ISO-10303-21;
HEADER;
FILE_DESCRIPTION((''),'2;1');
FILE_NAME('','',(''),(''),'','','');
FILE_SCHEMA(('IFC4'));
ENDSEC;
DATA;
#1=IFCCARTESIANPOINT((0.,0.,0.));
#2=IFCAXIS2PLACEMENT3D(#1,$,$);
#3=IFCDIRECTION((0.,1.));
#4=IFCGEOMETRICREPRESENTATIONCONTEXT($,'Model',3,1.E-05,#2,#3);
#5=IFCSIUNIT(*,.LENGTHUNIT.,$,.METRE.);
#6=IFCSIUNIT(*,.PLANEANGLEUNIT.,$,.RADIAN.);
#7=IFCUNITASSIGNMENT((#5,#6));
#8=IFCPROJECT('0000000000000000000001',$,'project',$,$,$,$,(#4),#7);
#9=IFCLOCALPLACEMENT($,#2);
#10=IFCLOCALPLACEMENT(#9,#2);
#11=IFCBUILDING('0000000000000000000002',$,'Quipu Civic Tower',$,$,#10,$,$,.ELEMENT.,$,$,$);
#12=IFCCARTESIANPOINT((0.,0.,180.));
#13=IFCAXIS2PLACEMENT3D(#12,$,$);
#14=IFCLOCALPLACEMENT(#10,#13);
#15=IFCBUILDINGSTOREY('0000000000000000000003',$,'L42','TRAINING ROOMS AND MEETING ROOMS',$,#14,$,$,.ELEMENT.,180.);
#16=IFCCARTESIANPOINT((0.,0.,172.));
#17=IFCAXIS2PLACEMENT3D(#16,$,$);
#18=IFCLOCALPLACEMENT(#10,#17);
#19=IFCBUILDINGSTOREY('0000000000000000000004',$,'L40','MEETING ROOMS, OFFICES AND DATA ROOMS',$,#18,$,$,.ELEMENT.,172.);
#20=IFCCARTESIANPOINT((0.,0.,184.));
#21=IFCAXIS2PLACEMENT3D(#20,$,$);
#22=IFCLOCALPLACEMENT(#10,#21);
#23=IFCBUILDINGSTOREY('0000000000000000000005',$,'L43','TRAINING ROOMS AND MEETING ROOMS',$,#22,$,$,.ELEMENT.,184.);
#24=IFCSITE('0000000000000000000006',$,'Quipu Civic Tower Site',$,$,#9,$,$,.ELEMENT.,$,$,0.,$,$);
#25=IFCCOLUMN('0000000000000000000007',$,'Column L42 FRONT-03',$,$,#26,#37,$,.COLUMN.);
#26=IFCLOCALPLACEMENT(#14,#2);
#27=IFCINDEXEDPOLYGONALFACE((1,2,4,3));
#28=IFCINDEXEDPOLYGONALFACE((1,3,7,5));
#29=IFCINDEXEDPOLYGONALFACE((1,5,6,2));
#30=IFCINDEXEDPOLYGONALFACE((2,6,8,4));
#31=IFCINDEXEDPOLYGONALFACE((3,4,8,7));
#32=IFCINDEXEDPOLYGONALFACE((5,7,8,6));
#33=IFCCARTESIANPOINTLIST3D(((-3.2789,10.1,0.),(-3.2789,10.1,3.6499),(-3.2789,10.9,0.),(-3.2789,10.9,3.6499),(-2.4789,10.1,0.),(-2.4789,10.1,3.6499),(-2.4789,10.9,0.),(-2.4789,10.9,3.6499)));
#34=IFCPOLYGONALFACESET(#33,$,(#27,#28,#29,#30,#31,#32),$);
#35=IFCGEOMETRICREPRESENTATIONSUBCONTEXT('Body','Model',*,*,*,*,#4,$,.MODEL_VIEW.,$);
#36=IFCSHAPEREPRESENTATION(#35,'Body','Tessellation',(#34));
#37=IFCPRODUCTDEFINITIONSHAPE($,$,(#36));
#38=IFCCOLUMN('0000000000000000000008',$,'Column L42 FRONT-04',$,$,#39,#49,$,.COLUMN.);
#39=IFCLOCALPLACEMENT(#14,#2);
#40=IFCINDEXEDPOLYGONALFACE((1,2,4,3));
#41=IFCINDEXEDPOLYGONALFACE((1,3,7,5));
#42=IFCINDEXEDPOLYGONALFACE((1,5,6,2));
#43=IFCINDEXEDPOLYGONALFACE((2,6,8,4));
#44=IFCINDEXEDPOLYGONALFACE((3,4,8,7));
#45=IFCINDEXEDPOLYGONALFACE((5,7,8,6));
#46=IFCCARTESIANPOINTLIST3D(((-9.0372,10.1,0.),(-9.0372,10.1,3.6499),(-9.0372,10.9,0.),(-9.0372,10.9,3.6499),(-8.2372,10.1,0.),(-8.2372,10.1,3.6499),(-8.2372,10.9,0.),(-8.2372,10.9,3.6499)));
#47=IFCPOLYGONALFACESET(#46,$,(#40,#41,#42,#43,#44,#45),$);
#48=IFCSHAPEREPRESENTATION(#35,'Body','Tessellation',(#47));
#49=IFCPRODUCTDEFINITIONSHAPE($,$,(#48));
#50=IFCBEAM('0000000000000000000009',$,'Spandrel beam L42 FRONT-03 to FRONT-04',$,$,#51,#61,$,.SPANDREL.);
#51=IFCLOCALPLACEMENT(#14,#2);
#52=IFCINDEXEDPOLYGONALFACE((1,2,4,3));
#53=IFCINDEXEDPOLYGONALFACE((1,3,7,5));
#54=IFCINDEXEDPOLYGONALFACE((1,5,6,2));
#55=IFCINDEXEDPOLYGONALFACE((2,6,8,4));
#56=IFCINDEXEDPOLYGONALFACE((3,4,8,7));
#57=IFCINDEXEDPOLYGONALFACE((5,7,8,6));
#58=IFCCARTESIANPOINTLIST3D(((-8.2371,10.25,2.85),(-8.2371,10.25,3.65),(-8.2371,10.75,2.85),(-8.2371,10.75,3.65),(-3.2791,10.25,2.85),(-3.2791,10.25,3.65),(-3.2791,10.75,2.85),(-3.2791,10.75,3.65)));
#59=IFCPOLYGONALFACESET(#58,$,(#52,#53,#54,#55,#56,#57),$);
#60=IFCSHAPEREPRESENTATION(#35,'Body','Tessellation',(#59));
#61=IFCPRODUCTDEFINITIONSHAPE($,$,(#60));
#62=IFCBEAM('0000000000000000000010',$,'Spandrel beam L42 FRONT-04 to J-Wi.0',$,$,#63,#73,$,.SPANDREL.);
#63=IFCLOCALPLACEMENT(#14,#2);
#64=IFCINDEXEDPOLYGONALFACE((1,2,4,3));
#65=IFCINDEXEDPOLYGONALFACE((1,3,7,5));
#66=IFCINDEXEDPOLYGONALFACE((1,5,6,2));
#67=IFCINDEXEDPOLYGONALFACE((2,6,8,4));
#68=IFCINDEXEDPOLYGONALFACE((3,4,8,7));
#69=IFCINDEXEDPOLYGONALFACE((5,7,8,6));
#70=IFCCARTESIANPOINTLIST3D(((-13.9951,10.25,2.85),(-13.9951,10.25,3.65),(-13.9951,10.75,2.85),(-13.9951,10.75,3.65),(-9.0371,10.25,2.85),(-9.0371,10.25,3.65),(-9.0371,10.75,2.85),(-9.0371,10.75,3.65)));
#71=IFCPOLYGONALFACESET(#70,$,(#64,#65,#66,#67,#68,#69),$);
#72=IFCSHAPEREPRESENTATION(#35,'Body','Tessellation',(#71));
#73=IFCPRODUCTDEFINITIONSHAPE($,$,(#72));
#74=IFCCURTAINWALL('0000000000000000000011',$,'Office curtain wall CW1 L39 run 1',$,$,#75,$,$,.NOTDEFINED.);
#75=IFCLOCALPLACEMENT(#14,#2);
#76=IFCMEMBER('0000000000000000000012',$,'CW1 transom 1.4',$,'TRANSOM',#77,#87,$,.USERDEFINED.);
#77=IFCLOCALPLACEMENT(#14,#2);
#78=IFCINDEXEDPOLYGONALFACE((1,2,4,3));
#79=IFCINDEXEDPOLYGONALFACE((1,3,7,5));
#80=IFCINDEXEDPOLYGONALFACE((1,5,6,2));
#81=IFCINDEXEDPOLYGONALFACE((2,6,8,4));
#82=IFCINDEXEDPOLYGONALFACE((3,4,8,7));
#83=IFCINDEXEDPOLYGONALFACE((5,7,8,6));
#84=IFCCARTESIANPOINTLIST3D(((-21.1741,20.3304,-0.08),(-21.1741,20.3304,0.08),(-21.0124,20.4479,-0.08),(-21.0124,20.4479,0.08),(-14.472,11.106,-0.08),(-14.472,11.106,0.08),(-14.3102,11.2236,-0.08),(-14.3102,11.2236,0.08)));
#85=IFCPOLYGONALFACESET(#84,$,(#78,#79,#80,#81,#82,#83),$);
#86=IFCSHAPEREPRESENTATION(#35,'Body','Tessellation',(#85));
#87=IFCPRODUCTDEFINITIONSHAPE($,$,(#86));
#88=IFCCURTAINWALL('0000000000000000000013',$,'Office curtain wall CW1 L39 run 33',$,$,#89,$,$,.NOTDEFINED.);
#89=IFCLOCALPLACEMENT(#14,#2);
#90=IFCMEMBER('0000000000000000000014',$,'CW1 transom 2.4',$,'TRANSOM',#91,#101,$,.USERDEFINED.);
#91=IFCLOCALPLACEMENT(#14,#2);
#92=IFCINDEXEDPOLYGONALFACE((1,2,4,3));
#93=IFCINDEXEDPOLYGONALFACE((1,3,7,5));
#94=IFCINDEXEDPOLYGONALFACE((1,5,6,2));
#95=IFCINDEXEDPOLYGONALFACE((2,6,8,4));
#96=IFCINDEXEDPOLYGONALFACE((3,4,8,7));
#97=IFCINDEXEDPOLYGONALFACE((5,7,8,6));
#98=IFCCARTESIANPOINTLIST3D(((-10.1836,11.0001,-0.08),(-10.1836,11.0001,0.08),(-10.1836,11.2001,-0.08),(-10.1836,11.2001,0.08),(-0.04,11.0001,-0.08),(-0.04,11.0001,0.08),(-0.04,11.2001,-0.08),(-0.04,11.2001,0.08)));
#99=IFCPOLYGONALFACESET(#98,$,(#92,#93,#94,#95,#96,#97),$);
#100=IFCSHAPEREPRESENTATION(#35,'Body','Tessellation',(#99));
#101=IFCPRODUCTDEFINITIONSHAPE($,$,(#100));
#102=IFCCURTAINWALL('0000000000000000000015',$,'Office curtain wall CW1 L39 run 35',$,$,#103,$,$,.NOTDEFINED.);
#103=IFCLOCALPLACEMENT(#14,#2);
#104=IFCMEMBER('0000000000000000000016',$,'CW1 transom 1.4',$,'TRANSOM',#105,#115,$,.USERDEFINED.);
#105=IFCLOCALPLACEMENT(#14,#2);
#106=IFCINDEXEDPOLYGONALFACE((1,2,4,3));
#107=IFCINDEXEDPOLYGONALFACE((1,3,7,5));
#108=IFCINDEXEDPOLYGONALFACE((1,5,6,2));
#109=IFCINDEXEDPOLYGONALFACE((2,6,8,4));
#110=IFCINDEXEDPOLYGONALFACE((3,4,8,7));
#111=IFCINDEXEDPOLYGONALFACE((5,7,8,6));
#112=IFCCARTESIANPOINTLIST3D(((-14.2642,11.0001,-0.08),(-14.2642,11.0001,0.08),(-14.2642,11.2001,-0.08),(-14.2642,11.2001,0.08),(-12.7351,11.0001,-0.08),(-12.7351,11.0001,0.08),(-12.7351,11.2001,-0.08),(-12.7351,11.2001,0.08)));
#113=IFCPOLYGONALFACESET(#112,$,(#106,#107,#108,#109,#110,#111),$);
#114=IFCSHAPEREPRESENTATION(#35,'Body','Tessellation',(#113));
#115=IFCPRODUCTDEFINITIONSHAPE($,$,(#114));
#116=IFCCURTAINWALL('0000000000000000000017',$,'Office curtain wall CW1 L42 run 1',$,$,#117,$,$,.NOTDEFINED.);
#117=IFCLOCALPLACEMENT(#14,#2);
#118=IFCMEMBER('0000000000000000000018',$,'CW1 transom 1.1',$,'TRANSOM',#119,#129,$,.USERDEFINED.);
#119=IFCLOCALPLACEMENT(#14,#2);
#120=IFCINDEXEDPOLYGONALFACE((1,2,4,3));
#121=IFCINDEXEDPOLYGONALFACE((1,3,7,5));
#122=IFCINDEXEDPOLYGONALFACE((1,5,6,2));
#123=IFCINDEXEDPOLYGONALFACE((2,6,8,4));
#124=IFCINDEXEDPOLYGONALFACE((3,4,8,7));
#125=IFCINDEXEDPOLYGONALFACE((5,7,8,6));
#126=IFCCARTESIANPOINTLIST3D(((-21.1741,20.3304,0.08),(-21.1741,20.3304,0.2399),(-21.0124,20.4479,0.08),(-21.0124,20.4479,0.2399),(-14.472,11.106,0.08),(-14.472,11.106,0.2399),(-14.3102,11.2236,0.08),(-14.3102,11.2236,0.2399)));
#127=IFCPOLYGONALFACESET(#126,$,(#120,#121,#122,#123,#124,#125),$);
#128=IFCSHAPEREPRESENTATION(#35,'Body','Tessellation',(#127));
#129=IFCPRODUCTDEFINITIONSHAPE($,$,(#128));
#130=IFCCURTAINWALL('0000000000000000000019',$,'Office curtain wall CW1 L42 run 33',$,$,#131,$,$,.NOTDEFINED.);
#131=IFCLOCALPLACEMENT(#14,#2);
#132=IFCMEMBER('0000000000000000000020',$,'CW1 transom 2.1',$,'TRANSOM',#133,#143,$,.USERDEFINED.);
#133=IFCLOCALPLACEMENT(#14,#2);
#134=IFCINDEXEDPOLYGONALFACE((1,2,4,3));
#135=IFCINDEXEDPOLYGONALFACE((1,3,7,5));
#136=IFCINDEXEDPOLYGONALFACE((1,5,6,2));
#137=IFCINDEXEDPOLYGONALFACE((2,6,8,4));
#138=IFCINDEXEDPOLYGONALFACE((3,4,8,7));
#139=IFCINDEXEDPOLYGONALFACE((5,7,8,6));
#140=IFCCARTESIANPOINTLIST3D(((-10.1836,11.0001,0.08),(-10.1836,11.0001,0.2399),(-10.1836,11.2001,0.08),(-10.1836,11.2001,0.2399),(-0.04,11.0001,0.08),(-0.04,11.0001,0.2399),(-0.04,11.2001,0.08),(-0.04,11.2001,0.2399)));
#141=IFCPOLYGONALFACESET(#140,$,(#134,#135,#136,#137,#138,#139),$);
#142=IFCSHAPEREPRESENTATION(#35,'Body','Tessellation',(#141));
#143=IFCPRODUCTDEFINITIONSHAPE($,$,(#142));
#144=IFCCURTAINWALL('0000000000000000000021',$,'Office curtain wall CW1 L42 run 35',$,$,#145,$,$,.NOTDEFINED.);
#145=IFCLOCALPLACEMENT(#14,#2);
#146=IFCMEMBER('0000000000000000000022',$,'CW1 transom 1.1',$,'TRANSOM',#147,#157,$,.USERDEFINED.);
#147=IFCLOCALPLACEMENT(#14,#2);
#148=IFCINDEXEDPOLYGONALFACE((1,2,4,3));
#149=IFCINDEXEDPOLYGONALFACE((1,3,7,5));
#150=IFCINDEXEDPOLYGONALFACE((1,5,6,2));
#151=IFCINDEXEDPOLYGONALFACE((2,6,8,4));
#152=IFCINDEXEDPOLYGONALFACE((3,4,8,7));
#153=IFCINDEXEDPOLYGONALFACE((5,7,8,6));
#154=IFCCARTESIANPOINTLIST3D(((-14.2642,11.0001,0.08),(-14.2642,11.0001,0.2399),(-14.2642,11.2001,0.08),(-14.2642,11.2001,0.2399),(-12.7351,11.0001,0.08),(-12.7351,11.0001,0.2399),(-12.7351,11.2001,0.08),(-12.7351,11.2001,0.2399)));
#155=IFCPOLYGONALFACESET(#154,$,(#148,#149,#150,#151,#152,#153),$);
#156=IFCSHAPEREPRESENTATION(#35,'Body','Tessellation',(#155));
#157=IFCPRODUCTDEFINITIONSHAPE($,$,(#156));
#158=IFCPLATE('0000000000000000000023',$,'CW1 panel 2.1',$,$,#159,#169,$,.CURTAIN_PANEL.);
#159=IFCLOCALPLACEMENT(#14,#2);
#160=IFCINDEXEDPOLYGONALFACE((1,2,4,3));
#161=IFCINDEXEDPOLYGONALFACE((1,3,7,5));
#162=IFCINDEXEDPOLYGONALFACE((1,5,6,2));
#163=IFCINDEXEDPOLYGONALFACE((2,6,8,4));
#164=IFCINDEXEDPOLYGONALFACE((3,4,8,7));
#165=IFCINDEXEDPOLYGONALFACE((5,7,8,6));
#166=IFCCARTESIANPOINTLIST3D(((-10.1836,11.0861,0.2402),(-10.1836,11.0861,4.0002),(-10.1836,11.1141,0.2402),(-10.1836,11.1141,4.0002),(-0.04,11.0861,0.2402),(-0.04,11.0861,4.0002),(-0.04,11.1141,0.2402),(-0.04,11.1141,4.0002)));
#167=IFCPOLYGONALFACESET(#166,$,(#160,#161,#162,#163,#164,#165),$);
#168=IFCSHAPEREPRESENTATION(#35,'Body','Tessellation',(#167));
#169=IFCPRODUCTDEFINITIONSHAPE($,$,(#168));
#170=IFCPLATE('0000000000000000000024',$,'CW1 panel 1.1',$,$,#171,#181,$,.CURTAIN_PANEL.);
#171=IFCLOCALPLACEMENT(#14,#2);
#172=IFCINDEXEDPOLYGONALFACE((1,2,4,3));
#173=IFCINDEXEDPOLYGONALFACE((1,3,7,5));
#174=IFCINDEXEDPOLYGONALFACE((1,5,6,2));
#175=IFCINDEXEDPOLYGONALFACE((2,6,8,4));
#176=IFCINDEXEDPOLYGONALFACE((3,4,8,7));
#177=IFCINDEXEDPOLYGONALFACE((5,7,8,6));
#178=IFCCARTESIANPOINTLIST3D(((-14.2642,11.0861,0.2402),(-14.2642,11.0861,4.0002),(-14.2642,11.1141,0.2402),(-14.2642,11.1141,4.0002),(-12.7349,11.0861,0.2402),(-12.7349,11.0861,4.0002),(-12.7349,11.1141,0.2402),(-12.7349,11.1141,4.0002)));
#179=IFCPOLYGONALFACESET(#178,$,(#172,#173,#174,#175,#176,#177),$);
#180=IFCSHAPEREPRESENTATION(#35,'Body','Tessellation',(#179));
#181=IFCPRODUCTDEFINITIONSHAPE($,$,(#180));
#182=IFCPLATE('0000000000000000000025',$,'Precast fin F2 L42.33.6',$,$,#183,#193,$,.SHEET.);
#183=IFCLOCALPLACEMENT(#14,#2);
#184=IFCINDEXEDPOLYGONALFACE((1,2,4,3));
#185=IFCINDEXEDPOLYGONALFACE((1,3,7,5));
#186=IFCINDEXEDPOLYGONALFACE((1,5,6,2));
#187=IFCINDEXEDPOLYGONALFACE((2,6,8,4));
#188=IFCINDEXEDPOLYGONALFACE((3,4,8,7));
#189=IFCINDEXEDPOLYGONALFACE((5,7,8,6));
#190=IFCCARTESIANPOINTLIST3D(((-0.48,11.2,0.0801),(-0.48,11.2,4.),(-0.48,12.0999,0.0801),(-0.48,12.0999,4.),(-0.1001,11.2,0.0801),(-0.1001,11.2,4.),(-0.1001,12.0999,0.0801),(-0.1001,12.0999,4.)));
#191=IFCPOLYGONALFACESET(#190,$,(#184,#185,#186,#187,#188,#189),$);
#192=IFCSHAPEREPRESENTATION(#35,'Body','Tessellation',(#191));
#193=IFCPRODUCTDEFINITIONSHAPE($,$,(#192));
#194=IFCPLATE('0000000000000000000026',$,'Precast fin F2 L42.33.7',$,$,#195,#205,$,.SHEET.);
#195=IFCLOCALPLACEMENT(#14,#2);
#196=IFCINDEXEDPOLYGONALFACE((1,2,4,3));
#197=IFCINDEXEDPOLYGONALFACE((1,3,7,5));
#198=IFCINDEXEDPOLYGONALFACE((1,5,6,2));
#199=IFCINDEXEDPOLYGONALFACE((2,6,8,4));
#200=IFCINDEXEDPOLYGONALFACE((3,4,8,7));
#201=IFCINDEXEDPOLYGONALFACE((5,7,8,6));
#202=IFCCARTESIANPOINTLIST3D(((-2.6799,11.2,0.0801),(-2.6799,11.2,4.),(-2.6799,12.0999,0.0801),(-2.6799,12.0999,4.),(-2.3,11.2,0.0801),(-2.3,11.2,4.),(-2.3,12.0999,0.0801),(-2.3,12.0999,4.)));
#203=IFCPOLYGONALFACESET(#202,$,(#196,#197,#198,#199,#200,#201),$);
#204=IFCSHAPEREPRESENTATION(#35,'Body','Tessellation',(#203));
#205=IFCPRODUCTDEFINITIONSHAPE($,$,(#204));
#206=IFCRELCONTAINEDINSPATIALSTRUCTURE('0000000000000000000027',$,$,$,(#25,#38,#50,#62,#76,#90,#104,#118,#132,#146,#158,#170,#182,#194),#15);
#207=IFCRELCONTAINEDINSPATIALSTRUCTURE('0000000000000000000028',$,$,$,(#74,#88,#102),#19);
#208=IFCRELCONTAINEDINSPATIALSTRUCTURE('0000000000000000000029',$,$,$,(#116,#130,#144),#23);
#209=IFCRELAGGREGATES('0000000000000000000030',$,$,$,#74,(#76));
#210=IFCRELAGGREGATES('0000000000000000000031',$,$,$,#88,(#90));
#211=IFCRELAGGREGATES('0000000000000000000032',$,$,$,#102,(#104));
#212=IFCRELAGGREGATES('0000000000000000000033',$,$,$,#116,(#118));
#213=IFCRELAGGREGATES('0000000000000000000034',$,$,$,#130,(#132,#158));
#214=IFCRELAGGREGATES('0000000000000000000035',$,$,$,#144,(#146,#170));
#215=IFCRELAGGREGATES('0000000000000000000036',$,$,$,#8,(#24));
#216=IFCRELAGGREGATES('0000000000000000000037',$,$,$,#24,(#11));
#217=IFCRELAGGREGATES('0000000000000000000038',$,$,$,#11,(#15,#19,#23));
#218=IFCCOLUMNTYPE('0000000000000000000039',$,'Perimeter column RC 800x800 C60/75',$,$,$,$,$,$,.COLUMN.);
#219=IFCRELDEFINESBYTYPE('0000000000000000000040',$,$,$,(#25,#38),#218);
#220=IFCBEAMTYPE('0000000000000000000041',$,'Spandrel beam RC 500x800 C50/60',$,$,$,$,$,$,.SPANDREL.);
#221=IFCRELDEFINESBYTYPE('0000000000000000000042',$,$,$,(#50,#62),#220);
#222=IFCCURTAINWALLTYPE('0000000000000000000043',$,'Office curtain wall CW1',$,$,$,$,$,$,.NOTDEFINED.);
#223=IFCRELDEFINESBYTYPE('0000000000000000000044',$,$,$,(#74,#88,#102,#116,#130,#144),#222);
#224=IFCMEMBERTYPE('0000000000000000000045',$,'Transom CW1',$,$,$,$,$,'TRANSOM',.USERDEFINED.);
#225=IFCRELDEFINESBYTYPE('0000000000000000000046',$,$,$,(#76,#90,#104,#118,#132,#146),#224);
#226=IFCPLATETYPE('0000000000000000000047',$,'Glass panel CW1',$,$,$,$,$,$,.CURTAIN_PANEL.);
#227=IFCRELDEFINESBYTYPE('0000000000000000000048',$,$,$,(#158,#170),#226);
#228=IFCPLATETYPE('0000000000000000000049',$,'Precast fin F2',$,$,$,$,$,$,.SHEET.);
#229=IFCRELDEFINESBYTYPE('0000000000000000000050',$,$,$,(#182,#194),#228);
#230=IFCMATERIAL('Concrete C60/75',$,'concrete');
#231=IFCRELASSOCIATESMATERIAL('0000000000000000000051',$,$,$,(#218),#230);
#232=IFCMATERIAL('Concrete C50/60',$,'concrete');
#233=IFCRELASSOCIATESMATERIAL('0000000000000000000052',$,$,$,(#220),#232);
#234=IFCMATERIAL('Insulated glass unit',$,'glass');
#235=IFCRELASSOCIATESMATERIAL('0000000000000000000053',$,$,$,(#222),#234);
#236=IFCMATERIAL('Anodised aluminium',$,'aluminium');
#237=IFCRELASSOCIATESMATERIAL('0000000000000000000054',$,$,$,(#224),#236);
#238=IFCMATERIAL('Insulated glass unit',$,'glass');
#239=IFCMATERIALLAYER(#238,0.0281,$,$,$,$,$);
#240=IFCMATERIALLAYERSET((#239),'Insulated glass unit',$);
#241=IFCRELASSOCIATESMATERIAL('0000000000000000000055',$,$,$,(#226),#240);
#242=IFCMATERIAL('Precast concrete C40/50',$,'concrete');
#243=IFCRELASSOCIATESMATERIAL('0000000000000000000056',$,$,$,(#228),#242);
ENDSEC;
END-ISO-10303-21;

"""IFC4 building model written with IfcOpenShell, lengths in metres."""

from ifc_helpers import new_model, si_unit, direction, frame, origin, origin_2d, place, context, subcontext, project, spatial, rectangle, extrude, material, layer, layer_set, material_profile, profile_set, type_object, element, aggregate, save


model = new_model("IFC4")

# Units and contexts
model_context = context("Model", 3, precision=1e-05, world=origin(), true_north=direction((0.0, 1.0)))
body_context = subcontext(model_context, "Body", "Model", "MODEL_VIEW")
ifc_project = project(units=[si_unit("LENGTHUNIT", "METRE"), si_unit("PLANEANGLEUNIT", "RADIAN")], contexts=[model_context])

# Site, building, storey
site_placement = place(None, origin())
site = spatial("IfcSite", under=ifc_project, at=site_placement, Name="Quipu Civic Tower Site", CompositionType="ELEMENT", RefElevation=0.0)
building_placement = place(site_placement, origin())
building = spatial("IfcBuilding", under=site, at=building_placement, Name="Quipu Civic Tower", CompositionType="ELEMENT")
storey_1_placement = place(building_placement, frame((0.0, 0.0, 180.0)))
storey_1 = spatial("IfcBuildingStorey", under=building, at=storey_1_placement, Name="L42", Description="TRAINING ROOMS AND MEETING ROOMS", CompositionType="ELEMENT", Elevation=180.0)

# Columns
ifc_material_1 = material(Name="Concrete C60/75", Category="concrete")
ifc_material_profile_1 = material_profile(ifc_material_1, rectangle(XDim=0.8, YDim=0.8, at=origin_2d()), Name="RC800x800")
ifc_profile_set_1 = profile_set([ifc_material_profile_1], Name="Concrete C60/75")
column_type = type_object("IfcColumnType", Name="Perimeter column RC 800x800 C60/75", PredefinedType="COLUMN", material=ifc_profile_set_1)
for number, where, z_axis, x_axis, name in (
    (1, (-2.8789, 10.5, 0.0), (0.0, 0.0, 1.0), (-1.0, 0.0, 0.0), "Column L42 FRONT-03"),
    (2, (-8.6372, 10.5, 0.0), (0.0, 0.0, 1.0), (-1.0, 0.0, 0.0), "Column L42 FRONT-04"),
):
    element("IfcColumn", number, at=place(storey_1_placement, frame(where, z_axis=z_axis, x_axis=x_axis)), inside=storey_1, type_object=column_type, Name=name, PredefinedType="COLUMN", context=body_context, shape_type="SweptSolid", body=[
        extrude(rectangle(XDim=0.8, YDim=0.8, at=origin_2d()), origin(), (0.0, 0.0, 1.0), 3.6499),
    ])

# Beams
ifc_material_2 = material(Name="Concrete C50/60", Category="concrete")
ifc_material_profile_2 = material_profile(ifc_material_2, rectangle(XDim=0.5, YDim=0.8, at=origin_2d()), Name="RC500x800")
ifc_profile_set_2 = profile_set([ifc_material_profile_2], Name="Concrete C50/60")
beam_type = type_object("IfcBeamType", Name="Spandrel beam RC 500x800 C50/60", PredefinedType="SPANDREL", material=ifc_profile_set_2)
for number, where, z_axis, x_axis, name in (
    (3, (-3.2791, 10.5, 3.25), (-1.0, 0.0, 0.0), (0.0, -1.0, 0.0), "Spandrel beam L42 FRONT-03 to FRONT-04"),
    (4, (-9.0371, 10.5, 3.25), (-1.0, 0.0, 0.0), (0.0, -1.0, 0.0), "Spandrel beam L42 FRONT-04 to J-Wi.0"),
):
    element("IfcBeam", number, at=place(storey_1_placement, frame(where, z_axis=z_axis, x_axis=x_axis)), inside=storey_1, type_object=beam_type, Name=name, PredefinedType="SPANDREL", context=body_context, shape_type="SweptSolid", body=[
        extrude(rectangle(XDim=0.5, YDim=0.8, at=origin_2d()), origin(), (0.0, 0.0, 1.0), 4.958),
    ])

# Shared definitions
storey_2_placement = place(building_placement, frame((0.0, 0.0, 172.0)))
storey_2 = spatial("IfcBuildingStorey", under=building, at=storey_2_placement, Name="L40", Description="MEETING ROOMS, OFFICES AND DATA ROOMS", CompositionType="ELEMENT", Elevation=172.0)

# Curtain walls, members
ifc_material_3 = material(Name="Insulated glass unit", Category="glass")
curtain_wall_type = type_object("IfcCurtainWallType", Name="Office curtain wall CW1", PredefinedType="NOTDEFINED", material=ifc_material_3)
curtain_wall_1_placement = place(storey_2_placement, origin())
curtain_wall_1 = element("IfcCurtainWall", 5, at=curtain_wall_1_placement, inside=storey_2, type_object=curtain_wall_type, Name="Office curtain wall CW1 L39 run 1", PredefinedType="NOTDEFINED")
ifc_material_4 = material(Name="Anodised aluminium", Category="aluminium")
ifc_material_profile_3 = material_profile(ifc_material_4, rectangle(XDim=0.2, YDim=0.1599, at=origin_2d()), Name="RECT 200x160")
ifc_profile_set_3 = profile_set([ifc_material_profile_3], Name="Anodised aluminium")
member_type = type_object("IfcMemberType", Name="Transom CW1", ElementType="TRANSOM", PredefinedType="USERDEFINED", material=ifc_profile_set_3)
member_1_placement = place(storey_1_placement, frame((-14.3911, 11.1648, 0.0), z_axis=(-0.5878, 0.809006, 0.0), x_axis=(-0.809006, -0.5878, 0.0)))
member_1 = element("IfcMember", 6, at=member_1_placement, inside=storey_1, type_object=member_type, Name="CW1 transom 1.4", ObjectType="TRANSOM", PredefinedType="USERDEFINED", context=body_context, shape_type="SweptSolid", body=[
    extrude(rectangle(XDim=0.2, YDim=0.1599, at=origin_2d()), origin(), (0.0, 0.0, 1.0), 11.4021),
])
aggregate(curtain_wall_1, [member_1])
curtain_wall_2_placement = place(storey_2_placement, origin())
curtain_wall_2 = element("IfcCurtainWall", 7, at=curtain_wall_2_placement, inside=storey_2, type_object=curtain_wall_type, Name="Office curtain wall CW1 L39 run 33", PredefinedType="NOTDEFINED")
member_2_placement = place(storey_1_placement, frame((-0.04, 11.1001, 0.0), z_axis=(-1.0, 0.0, 0.0), x_axis=(0.0, -1.0, 0.0)))
member_2 = element("IfcMember", 8, at=member_2_placement, inside=storey_1, type_object=member_type, Name="CW1 transom 2.4", ObjectType="TRANSOM", PredefinedType="USERDEFINED", context=body_context, shape_type="SweptSolid", body=[
    extrude(rectangle(XDim=0.2, YDim=0.1599, at=origin_2d()), origin(), (0.0, 0.0, 1.0), 10.1436),
])
aggregate(curtain_wall_2, [member_2])
curtain_wall_3_placement = place(storey_2_placement, origin())
curtain_wall_3 = element("IfcCurtainWall", 9, at=curtain_wall_3_placement, inside=storey_2, type_object=curtain_wall_type, Name="Office curtain wall CW1 L39 run 35", PredefinedType="NOTDEFINED")
member_3_placement = place(storey_1_placement, frame((-12.7351, 11.1001, 0.0), z_axis=(-1.0, 0.0, 0.0), x_axis=(0.0, -1.0, 0.0)))
member_3 = element("IfcMember", 10, at=member_3_placement, inside=storey_1, type_object=member_type, Name="CW1 transom 1.4", ObjectType="TRANSOM", PredefinedType="USERDEFINED", context=body_context, shape_type="SweptSolid", body=[
    extrude(rectangle(XDim=0.2, YDim=0.1599, at=origin_2d()), origin(), (0.0, 0.0, 1.0), 1.5291),
])
aggregate(curtain_wall_3, [member_3])

# Shared definitions
storey_3_placement = place(building_placement, frame((0.0, 0.0, 184.0)))
storey_3 = spatial("IfcBuildingStorey", under=building, at=storey_3_placement, Name="L43", Description="TRAINING ROOMS AND MEETING ROOMS", CompositionType="ELEMENT", Elevation=184.0)

# Curtain walls, members
curtain_wall_4_placement = place(storey_3_placement, origin())
curtain_wall_4 = element("IfcCurtainWall", 11, at=curtain_wall_4_placement, inside=storey_3, type_object=curtain_wall_type, Name="Office curtain wall CW1 L42 run 1", PredefinedType="NOTDEFINED")
member_4_placement = place(storey_1_placement, frame((-14.3911, 11.1648, 0.1599), z_axis=(-0.5878, 0.809006, 0.0), x_axis=(-0.809006, -0.5878, 0.0)))
member_4 = element("IfcMember", 12, at=member_4_placement, inside=storey_1, type_object=member_type, Name="CW1 transom 1.1", ObjectType="TRANSOM", PredefinedType="USERDEFINED", context=body_context, shape_type="SweptSolid", body=[
    extrude(rectangle(XDim=0.2, YDim=0.1599, at=origin_2d()), origin(), (0.0, 0.0, 1.0), 11.4021),
])
aggregate(curtain_wall_4, [member_4])
curtain_wall_5_placement = place(storey_3_placement, origin())
curtain_wall_5 = element("IfcCurtainWall", 13, at=curtain_wall_5_placement, inside=storey_3, type_object=curtain_wall_type, Name="Office curtain wall CW1 L42 run 33", PredefinedType="NOTDEFINED")
member_5_placement = place(storey_1_placement, frame((-0.04, 11.1001, 0.1599), z_axis=(-1.0, 0.0, 0.0), x_axis=(0.0, -1.0, 0.0)))
member_5 = element("IfcMember", 14, at=member_5_placement, inside=storey_1, type_object=member_type, Name="CW1 transom 2.1", ObjectType="TRANSOM", PredefinedType="USERDEFINED", context=body_context, shape_type="SweptSolid", body=[
    extrude(rectangle(XDim=0.2, YDim=0.1599, at=origin_2d()), origin(), (0.0, 0.0, 1.0), 10.1436),
])
curtain_wall_6_placement = place(storey_3_placement, origin())
curtain_wall_6 = element("IfcCurtainWall", 15, at=curtain_wall_6_placement, inside=storey_3, type_object=curtain_wall_type, Name="Office curtain wall CW1 L42 run 35", PredefinedType="NOTDEFINED")
member_6_placement = place(storey_1_placement, frame((-12.7351, 11.1001, 0.1599), z_axis=(-1.0, 0.0, 0.0), x_axis=(0.0, -1.0, 0.0)))
member_6 = element("IfcMember", 16, at=member_6_placement, inside=storey_1, type_object=member_type, Name="CW1 transom 1.1", ObjectType="TRANSOM", PredefinedType="USERDEFINED", context=body_context, shape_type="SweptSolid", body=[
    extrude(rectangle(XDim=0.2, YDim=0.1599, at=origin_2d()), origin(), (0.0, 0.0, 1.0), 1.5291),
])

# Plates
ifc_material_5 = material(Name="Insulated glass unit", Category="glass")
ifc_layer_1 = layer(ifc_material_5, 0.0281)
ifc_layer_set_1 = layer_set([ifc_layer_1], Name="Insulated glass unit")
plate_type_1 = type_object("IfcPlateType", Name="Glass panel CW1", PredefinedType="CURTAIN_PANEL", material=ifc_layer_set_1)
plate_1_placement = place(storey_1_placement, frame((-5.1118, 11.1001, 0.2402), z_axis=(0.0, 0.0, 1.0), x_axis=(-1.0, 0.0, 0.0)))
plate_1 = element("IfcPlate", 17, at=plate_1_placement, inside=storey_1, type_object=plate_type_1, Name="CW1 panel 2.1", PredefinedType="CURTAIN_PANEL", context=body_context, shape_type="SweptSolid", body=[
    extrude(rectangle(XDim=10.1436, YDim=0.0281, at=origin_2d()), origin(), (0.0, 0.0, 1.0), 3.76),
])
aggregate(curtain_wall_5, [member_5, plate_1])
plate_2_placement = place(storey_1_placement, frame((-13.4995, 11.1001, 0.2402), z_axis=(0.0, 0.0, 1.0), x_axis=(-1.0, 0.0, 0.0)))
plate_2 = element("IfcPlate", 18, at=plate_2_placement, inside=storey_1, type_object=plate_type_1, Name="CW1 panel 1.1", PredefinedType="CURTAIN_PANEL", context=body_context, shape_type="SweptSolid", body=[
    extrude(rectangle(XDim=1.5293, YDim=0.0281, at=origin_2d()), origin(), (0.0, 0.0, 1.0), 3.76),
])
aggregate(curtain_wall_6, [member_6, plate_2])

# Plates
ifc_material_6 = material(Name="Precast concrete C40/50", Category="concrete")
plate_type_2 = type_object("IfcPlateType", Name="Precast fin F2", PredefinedType="SHEET", material=ifc_material_6)
for number, where, z_axis, x_axis, name in (
    (19, (-0.29, 11.6499, 0.0801), (0.0, 0.0, 1.0), (-1.0, 0.0, 0.0), "Precast fin F2 L42.33.6"),
    (20, (-2.49, 11.6499, 0.0801), (0.0, 0.0, 1.0), (-1.0, 0.0, 0.0), "Precast fin F2 L42.33.7"),
):
    element("IfcPlate", number, at=place(storey_1_placement, frame(where, z_axis=z_axis, x_axis=x_axis)), inside=storey_1, type_object=plate_type_2, Name=name, PredefinedType="SHEET", context=body_context, shape_type="SweptSolid", body=[
        extrude(rectangle(XDim=0.3799, YDim=0.8999, at=origin_2d()), origin(), (0.0, 0.0, 1.0), 3.9199),
    ])

save(model, "model.ifc")
